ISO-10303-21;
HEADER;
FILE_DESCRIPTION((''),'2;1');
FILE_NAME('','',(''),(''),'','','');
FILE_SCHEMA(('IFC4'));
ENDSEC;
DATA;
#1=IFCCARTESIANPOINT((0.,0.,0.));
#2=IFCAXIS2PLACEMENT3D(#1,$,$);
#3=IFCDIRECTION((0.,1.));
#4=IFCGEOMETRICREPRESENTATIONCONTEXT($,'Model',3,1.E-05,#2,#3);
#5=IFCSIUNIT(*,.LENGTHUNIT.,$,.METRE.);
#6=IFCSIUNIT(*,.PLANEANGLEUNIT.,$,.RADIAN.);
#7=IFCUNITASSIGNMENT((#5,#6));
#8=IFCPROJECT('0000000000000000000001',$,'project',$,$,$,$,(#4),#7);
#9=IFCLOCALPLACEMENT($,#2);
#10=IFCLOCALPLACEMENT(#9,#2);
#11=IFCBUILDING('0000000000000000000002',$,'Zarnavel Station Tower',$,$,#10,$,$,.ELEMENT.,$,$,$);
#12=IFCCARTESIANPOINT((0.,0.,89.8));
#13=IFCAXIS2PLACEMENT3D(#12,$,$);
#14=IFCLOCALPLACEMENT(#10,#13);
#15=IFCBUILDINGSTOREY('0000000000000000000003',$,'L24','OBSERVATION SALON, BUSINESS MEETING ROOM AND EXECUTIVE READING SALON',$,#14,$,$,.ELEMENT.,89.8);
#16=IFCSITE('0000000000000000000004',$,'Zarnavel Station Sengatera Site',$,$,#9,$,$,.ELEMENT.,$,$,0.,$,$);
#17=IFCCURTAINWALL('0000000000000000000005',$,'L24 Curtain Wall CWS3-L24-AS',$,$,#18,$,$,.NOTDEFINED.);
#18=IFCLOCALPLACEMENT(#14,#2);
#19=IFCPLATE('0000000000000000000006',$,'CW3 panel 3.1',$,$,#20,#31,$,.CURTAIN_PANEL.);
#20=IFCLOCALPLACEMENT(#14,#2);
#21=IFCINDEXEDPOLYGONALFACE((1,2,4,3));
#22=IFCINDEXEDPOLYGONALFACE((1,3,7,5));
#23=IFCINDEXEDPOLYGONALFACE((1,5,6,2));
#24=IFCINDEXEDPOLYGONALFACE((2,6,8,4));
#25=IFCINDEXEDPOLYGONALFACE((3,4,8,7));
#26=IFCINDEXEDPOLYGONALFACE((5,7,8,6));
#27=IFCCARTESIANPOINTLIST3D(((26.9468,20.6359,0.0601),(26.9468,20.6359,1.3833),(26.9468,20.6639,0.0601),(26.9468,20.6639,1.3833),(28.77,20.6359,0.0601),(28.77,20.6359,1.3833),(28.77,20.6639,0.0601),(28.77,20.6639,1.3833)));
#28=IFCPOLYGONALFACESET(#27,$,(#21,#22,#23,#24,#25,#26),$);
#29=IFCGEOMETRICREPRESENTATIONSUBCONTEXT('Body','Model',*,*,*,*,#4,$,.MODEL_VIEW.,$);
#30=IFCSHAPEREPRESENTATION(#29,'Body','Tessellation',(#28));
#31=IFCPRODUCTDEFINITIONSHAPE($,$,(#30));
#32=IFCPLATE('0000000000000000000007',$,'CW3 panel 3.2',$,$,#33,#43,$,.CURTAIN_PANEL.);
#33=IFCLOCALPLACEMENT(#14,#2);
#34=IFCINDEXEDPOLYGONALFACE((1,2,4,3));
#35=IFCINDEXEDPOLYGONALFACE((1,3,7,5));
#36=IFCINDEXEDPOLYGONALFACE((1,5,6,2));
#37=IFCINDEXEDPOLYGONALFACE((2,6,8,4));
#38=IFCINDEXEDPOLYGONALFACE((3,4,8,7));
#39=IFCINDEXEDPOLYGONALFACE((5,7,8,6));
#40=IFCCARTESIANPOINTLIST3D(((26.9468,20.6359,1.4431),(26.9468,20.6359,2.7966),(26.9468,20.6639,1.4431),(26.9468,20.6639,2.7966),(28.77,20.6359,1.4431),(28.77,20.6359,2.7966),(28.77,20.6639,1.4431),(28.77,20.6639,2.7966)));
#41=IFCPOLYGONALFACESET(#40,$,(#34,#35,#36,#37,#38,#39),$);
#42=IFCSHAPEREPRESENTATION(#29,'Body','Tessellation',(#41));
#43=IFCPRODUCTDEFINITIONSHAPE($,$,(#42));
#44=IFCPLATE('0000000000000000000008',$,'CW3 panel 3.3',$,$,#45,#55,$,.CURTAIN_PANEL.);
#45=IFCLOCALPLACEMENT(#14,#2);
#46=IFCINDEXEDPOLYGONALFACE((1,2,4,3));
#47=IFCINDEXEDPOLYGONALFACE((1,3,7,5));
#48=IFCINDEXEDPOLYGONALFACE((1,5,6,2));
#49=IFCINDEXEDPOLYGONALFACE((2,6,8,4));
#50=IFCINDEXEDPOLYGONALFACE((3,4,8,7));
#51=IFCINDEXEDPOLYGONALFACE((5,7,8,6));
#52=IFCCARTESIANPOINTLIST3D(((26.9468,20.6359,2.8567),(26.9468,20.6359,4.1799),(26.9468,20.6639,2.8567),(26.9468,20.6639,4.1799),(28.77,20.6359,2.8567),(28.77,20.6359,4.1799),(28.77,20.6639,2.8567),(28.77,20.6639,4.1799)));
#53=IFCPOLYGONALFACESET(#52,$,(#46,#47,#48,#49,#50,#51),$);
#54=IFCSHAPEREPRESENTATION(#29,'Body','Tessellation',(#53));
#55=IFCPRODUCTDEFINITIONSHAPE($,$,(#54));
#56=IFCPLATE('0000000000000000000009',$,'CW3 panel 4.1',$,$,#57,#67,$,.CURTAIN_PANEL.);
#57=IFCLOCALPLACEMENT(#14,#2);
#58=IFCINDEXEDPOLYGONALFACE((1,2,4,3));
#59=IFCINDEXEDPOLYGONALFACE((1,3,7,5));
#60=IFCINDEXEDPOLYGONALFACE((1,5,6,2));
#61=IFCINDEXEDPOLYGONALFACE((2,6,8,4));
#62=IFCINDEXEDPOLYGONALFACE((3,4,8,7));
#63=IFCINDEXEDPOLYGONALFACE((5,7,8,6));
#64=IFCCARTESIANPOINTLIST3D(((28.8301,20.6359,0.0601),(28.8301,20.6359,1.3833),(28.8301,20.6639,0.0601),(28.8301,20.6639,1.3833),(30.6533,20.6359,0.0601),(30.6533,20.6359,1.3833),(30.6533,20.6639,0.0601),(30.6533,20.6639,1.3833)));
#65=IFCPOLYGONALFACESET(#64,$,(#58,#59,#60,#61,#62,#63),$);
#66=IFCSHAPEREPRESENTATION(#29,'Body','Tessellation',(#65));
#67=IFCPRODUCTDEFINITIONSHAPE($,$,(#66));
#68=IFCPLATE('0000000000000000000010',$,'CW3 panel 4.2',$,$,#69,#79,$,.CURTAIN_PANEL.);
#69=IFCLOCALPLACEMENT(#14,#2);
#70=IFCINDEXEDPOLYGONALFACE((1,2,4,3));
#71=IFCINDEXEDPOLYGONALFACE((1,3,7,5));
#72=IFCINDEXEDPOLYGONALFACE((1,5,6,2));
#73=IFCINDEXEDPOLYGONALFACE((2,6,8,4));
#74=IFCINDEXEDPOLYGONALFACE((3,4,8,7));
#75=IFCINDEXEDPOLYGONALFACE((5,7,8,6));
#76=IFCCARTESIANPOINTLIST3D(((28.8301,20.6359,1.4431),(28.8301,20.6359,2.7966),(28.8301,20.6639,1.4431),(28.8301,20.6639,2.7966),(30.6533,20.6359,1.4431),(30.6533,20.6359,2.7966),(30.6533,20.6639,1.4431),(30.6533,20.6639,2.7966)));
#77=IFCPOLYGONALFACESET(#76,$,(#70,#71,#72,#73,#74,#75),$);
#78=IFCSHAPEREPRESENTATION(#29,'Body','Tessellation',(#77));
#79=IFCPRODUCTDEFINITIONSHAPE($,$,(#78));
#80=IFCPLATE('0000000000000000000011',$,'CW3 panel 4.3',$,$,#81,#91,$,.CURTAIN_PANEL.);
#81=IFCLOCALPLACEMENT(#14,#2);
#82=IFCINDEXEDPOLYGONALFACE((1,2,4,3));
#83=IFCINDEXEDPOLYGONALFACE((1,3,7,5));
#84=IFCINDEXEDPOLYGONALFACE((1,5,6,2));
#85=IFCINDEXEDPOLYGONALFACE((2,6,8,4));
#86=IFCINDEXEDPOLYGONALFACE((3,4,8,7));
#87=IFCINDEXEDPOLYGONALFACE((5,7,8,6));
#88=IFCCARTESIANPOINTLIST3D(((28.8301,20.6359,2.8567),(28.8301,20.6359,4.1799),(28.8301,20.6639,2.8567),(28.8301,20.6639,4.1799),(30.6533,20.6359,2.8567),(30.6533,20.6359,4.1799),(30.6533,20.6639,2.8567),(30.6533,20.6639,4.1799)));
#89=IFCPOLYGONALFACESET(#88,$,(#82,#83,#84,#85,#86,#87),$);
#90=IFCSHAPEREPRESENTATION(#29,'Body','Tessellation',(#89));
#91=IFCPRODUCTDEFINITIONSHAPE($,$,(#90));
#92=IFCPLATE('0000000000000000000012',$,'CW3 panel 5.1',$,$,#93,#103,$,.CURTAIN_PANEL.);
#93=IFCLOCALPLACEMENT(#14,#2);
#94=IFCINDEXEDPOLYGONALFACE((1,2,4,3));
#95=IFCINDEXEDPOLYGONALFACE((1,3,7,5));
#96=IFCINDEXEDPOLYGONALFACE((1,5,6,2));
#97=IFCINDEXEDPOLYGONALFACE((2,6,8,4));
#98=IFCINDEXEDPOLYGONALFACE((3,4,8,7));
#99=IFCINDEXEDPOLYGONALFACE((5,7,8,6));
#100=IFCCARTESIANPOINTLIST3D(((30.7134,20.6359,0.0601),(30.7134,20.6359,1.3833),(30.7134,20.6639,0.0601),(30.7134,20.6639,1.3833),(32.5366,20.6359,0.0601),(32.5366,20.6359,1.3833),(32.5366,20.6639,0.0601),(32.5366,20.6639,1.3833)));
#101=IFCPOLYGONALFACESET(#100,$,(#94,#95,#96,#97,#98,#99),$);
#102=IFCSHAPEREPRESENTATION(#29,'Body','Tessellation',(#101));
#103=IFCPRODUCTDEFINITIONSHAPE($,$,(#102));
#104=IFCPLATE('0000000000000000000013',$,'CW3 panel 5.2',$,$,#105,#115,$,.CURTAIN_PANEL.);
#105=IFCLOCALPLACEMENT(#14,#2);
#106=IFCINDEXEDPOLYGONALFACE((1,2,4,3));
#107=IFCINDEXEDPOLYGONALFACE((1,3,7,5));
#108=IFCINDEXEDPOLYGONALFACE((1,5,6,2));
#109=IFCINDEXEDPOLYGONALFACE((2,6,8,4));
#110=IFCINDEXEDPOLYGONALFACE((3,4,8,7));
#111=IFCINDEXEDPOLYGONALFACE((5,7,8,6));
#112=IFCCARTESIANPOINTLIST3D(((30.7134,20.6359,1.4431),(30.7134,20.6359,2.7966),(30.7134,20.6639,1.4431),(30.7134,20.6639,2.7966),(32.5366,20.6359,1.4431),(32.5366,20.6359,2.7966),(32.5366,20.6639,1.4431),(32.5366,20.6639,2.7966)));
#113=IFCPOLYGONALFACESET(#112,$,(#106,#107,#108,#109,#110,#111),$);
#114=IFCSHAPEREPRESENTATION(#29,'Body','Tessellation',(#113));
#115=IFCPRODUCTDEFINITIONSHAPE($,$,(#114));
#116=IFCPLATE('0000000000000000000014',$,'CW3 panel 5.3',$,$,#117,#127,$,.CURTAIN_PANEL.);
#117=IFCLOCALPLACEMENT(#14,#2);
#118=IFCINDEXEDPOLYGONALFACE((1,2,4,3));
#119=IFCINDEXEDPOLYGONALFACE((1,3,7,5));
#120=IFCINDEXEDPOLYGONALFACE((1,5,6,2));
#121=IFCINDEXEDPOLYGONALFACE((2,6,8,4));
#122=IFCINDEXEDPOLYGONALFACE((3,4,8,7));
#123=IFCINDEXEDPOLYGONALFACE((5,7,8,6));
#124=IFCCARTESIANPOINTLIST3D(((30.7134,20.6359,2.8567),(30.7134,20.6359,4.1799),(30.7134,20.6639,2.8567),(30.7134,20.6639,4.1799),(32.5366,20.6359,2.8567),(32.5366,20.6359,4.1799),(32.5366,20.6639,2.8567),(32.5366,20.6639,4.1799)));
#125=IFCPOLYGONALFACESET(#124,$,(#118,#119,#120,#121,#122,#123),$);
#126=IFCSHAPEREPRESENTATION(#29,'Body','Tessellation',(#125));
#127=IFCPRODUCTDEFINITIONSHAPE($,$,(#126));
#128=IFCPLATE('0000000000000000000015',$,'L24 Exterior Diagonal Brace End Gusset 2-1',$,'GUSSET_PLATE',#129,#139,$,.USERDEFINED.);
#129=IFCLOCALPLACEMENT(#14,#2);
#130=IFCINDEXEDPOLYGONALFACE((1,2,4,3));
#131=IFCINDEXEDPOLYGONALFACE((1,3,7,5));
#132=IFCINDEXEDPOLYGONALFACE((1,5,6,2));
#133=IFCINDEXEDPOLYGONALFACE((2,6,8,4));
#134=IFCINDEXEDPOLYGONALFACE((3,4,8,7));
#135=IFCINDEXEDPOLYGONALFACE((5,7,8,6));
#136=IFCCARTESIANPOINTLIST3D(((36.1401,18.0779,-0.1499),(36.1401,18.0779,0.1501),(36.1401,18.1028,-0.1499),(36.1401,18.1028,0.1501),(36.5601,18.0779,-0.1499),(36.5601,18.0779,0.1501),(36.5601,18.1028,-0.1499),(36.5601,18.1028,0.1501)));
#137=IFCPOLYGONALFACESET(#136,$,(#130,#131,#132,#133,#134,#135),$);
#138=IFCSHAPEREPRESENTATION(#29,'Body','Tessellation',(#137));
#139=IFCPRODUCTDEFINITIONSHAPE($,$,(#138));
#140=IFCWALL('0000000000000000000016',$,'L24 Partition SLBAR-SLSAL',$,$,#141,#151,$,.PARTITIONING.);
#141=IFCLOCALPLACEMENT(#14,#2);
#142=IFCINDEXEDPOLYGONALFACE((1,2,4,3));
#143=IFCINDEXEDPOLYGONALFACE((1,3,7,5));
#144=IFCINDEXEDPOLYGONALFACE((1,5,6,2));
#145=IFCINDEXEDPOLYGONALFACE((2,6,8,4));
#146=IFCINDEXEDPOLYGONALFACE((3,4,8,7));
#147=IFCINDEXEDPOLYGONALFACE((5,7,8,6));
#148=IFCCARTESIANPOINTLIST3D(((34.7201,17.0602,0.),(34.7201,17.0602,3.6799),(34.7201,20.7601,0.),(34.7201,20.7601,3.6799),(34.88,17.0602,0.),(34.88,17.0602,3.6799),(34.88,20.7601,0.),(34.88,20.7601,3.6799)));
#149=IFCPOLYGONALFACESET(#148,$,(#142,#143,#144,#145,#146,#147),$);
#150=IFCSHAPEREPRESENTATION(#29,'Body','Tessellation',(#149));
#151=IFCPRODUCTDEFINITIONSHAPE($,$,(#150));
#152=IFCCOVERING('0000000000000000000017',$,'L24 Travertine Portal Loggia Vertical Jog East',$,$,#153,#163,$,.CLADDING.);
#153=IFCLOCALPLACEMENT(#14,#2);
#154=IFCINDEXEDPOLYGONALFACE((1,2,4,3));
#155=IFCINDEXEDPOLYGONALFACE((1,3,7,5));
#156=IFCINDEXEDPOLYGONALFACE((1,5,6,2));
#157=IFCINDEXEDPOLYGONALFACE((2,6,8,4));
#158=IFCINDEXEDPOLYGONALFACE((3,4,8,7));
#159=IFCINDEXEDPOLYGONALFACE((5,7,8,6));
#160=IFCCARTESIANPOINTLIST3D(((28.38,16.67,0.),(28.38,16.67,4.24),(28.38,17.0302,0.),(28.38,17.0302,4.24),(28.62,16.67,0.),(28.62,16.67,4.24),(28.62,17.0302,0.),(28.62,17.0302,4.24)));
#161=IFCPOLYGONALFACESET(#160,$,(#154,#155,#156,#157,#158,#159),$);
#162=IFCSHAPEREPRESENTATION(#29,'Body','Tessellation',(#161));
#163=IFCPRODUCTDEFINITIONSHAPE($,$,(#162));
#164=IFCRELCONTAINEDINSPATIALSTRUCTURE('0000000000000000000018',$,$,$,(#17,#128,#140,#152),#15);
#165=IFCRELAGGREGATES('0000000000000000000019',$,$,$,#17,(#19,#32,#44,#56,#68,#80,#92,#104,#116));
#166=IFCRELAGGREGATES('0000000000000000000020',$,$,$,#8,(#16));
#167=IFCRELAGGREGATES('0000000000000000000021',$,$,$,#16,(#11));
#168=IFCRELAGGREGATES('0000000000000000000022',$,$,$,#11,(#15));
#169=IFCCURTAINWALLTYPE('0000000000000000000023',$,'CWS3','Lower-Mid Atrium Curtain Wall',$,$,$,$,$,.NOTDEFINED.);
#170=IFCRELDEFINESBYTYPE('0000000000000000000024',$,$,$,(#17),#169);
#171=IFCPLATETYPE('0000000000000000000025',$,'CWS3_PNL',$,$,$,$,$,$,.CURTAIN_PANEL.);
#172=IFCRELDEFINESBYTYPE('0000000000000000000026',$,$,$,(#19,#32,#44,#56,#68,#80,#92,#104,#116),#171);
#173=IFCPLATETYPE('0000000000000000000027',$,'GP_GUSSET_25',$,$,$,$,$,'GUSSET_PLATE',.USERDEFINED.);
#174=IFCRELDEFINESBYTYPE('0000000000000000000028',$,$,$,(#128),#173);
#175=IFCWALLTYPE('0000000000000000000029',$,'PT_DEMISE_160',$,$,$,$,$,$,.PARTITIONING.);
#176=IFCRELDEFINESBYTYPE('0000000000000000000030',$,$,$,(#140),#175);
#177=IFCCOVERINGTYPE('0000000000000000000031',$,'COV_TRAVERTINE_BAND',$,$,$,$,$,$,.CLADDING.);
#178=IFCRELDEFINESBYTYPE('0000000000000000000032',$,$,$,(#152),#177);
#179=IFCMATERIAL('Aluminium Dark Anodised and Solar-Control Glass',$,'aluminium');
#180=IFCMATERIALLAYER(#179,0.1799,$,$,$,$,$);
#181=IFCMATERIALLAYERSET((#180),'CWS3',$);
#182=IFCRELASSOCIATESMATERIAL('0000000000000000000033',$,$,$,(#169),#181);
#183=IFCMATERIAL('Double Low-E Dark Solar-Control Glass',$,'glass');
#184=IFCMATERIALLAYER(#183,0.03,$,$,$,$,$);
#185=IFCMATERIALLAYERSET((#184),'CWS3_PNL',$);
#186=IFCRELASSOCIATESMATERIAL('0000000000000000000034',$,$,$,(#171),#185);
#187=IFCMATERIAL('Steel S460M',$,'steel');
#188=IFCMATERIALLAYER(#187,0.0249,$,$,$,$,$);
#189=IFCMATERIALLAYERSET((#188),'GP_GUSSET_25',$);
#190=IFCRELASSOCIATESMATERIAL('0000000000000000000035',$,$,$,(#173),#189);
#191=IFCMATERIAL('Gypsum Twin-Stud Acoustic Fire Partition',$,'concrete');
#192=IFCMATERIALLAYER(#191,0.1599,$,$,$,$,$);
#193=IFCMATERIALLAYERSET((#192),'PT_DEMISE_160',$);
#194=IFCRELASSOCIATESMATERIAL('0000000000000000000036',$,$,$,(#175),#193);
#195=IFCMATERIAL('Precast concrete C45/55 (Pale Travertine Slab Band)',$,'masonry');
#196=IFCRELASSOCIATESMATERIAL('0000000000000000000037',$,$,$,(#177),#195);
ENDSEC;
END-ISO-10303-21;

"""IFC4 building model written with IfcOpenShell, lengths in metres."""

from ifc_helpers import new_model, si_unit, direction, frame, frame_2d, origin, origin_2d, place, context, subcontext, project, spatial, rectangle, extrude, material, layer, layer_set, type_object, element, aggregate, save


model = new_model("IFC4")

# Units and contexts
model_context = context("Model", 3, precision=1e-05, world=origin(), true_north=direction((0.0, 1.0)))
body_context = subcontext(model_context, "Body", "Model", "MODEL_VIEW")
ifc_project = project(units=[si_unit("LENGTHUNIT", "METRE"), si_unit("PLANEANGLEUNIT", "RADIAN")], contexts=[model_context])

# Site, building, storey
site_placement = place(None, origin())
site = spatial("IfcSite", under=ifc_project, at=site_placement, Name="Zarnavel Station Sengatera Site", CompositionType="ELEMENT", RefElevation=0.0)
building_placement = place(site_placement, origin())
building = spatial("IfcBuilding", under=site, at=building_placement, Name="Zarnavel Station Tower", CompositionType="ELEMENT")
storey_placement = place(building_placement, frame((0.0, 0.0, 89.8)))
storey = spatial("IfcBuildingStorey", under=building, at=storey_placement, Name="L24", Description="OBSERVATION SALON, BUSINESS MEETING ROOM AND EXECUTIVE READING SALON", CompositionType="ELEMENT", Elevation=89.8)

# Curtain wall
ifc_material_1 = material(Name="Aluminium Dark Anodised and Solar-Control Glass", Category="aluminium")
ifc_layer_1 = layer(ifc_material_1, 0.1799)
ifc_layer_set_1 = layer_set([ifc_layer_1], Name="CWS3")
curtain_wall_type_1 = type_object("IfcCurtainWallType", Name="CWS3", Description="Lower-Mid Atrium Curtain Wall", PredefinedType="NOTDEFINED", material=ifc_layer_set_1)
curtain_wall_1_placement = place(storey_placement, origin())
curtain_wall_1 = element("IfcCurtainWall", 1, at=curtain_wall_1_placement, inside=storey, type_object=curtain_wall_type_1, Name="L24 Curtain Wall CWS3-L24-AS", PredefinedType="NOTDEFINED")

# Plates
ifc_material_2 = material(Name="Double Low-E Dark Solar-Control Glass", Category="glass")
ifc_layer_2 = layer(ifc_material_2, 0.03)
ifc_layer_set_2 = layer_set([ifc_layer_2], Name="CWS3_PNL")
plate_type_1 = type_object("IfcPlateType", Name="CWS3_PNL", PredefinedType="CURTAIN_PANEL", material=ifc_layer_set_2)
plate_1_placement = place(storey_placement, frame((27.8584, 20.6499, 0.0601), z_axis=(0.0, 0.0, 1.0), x_axis=(1.0, 0.0, 0.0)))
plate_1 = element("IfcPlate", 2, at=plate_1_placement, type_object=plate_type_1, Name="CW3 panel 3.1", PredefinedType="CURTAIN_PANEL", context=body_context, shape_type="SweptSolid", body=[
    extrude(rectangle(XDim=1.8232, YDim=0.0281, at=origin_2d()), origin(), (0.0, 0.0, 1.0), 1.3232),
])
plate_2_placement = place(storey_placement, frame((27.8584, 20.6499, 1.4431), z_axis=(0.0, 0.0, 1.0), x_axis=(1.0, 0.0, 0.0)))
plate_2 = element("IfcPlate", 3, at=plate_2_placement, type_object=plate_type_1, Name="CW3 panel 3.2", PredefinedType="CURTAIN_PANEL", context=body_context, shape_type="SweptSolid", body=[
    extrude(rectangle(XDim=1.8232, YDim=0.0281, at=origin_2d()), origin(), (0.0, 0.0, 1.0), 1.3535),
])
plate_3_placement = place(storey_placement, frame((27.8584, 20.6499, 2.8567), z_axis=(0.0, 0.0, 1.0), x_axis=(1.0, 0.0, 0.0)))
plate_3 = element("IfcPlate", 4, at=plate_3_placement, type_object=plate_type_1, Name="CW3 panel 3.3", PredefinedType="CURTAIN_PANEL", context=body_context, shape_type="SweptSolid", body=[
    extrude(rectangle(XDim=1.8232, YDim=0.0281, at=origin_2d()), origin(), (0.0, 0.0, 1.0), 1.3232),
])
plate_4_placement = place(storey_placement, frame((29.7417, 20.6499, 0.0601), z_axis=(0.0, 0.0, 1.0), x_axis=(1.0, 0.0, 0.0)))
plate_4 = element("IfcPlate", 5, at=plate_4_placement, type_object=plate_type_1, Name="CW3 panel 4.1", PredefinedType="CURTAIN_PANEL", context=body_context, shape_type="SweptSolid", body=[
    extrude(rectangle(XDim=1.8232, YDim=0.0281, at=origin_2d()), origin(), (0.0, 0.0, 1.0), 1.3232),
])
plate_5_placement = place(storey_placement, frame((29.7417, 20.6499, 1.4431), z_axis=(0.0, 0.0, 1.0), x_axis=(1.0, 0.0, 0.0)))
plate_5 = element("IfcPlate", 6, at=plate_5_placement, type_object=plate_type_1, Name="CW3 panel 4.2", PredefinedType="CURTAIN_PANEL", context=body_context, shape_type="SweptSolid", body=[
    extrude(rectangle(XDim=1.8232, YDim=0.0281, at=origin_2d()), origin(), (0.0, 0.0, 1.0), 1.3535),
])
plate_6_placement = place(storey_placement, frame((29.7417, 20.6499, 2.8567), z_axis=(0.0, 0.0, 1.0), x_axis=(1.0, 0.0, 0.0)))
plate_6 = element("IfcPlate", 7, at=plate_6_placement, type_object=plate_type_1, Name="CW3 panel 4.3", PredefinedType="CURTAIN_PANEL", context=body_context, shape_type="SweptSolid", body=[
    extrude(rectangle(XDim=1.8232, YDim=0.0281, at=origin_2d()), origin(), (0.0, 0.0, 1.0), 1.3232),
])
plate_7_placement = place(storey_placement, frame((31.625, 20.6499, 0.0601), z_axis=(0.0, 0.0, 1.0), x_axis=(1.0, 0.0, 0.0)))
plate_7 = element("IfcPlate", 8, at=plate_7_placement, type_object=plate_type_1, Name="CW3 panel 5.1", PredefinedType="CURTAIN_PANEL", context=body_context, shape_type="SweptSolid", body=[
    extrude(rectangle(XDim=1.8232, YDim=0.0281, at=origin_2d()), origin(), (0.0, 0.0, 1.0), 1.3232),
])
plate_8_placement = place(storey_placement, frame((31.625, 20.6499, 1.4431), z_axis=(0.0, 0.0, 1.0), x_axis=(1.0, 0.0, 0.0)))
plate_8 = element("IfcPlate", 9, at=plate_8_placement, type_object=plate_type_1, Name="CW3 panel 5.2", PredefinedType="CURTAIN_PANEL", context=body_context, shape_type="SweptSolid", body=[
    extrude(rectangle(XDim=1.8232, YDim=0.0281, at=origin_2d()), origin(), (0.0, 0.0, 1.0), 1.3535),
])
plate_9_placement = place(storey_placement, frame((31.625, 20.6499, 2.8567), z_axis=(0.0, 0.0, 1.0), x_axis=(1.0, 0.0, 0.0)))
plate_9 = element("IfcPlate", 10, at=plate_9_placement, type_object=plate_type_1, Name="CW3 panel 5.3", PredefinedType="CURTAIN_PANEL", context=body_context, shape_type="SweptSolid", body=[
    extrude(rectangle(XDim=1.8232, YDim=0.0281, at=origin_2d()), origin(), (0.0, 0.0, 1.0), 1.3232),
])
aggregate(curtain_wall_1, [plate_1, plate_2, plate_3, plate_4, plate_5, plate_6, plate_7, plate_8, plate_9])
ifc_material_3 = material(Name="Steel S460M", Category="steel")
ifc_layer_3 = layer(ifc_material_3, 0.0249)
ifc_layer_set_3 = layer_set([ifc_layer_3], Name="GP_GUSSET_25")
plate_type_2 = type_object("IfcPlateType", Name="GP_GUSSET_25", ElementType="GUSSET_PLATE", PredefinedType="USERDEFINED", material=ifc_layer_set_3)
plate_10_placement = place(storey_placement, frame((36.3501, 18.0903, -0.1499), z_axis=(0.0, 0.0, 1.0), x_axis=(1.0, 0.0, 0.0)))
element("IfcPlate", 11, at=plate_10_placement, inside=storey, type_object=plate_type_2, Name="L24 Exterior Diagonal Brace End Gusset 2-1", ObjectType="GUSSET_PLATE", PredefinedType="USERDEFINED", context=body_context, shape_type="SweptSolid", body=[
    extrude(rectangle(XDim=0.4199, YDim=0.0249, at=origin_2d()), origin(), (0.0, 0.0, 1.0), 0.3),
])

# Wall
ifc_material_4 = material(Name="Gypsum Twin-Stud Acoustic Fire Partition", Category="concrete")
ifc_layer_4 = layer(ifc_material_4, 0.1599)
ifc_layer_set_4 = layer_set([ifc_layer_4], Name="PT_DEMISE_160")
wall_type = type_object("IfcWallType", Name="PT_DEMISE_160", PredefinedType="PARTITIONING", material=ifc_layer_set_4)
wall_placement = place(storey_placement, frame((34.8, 17.0601, 0.0), z_axis=(0.0, 0.0, 1.0), x_axis=(0.0, 1.0, 0.0)))
element("IfcWall", 12, at=wall_placement, inside=storey, type_object=wall_type, Name="L24 Partition SLBAR-SLSAL", PredefinedType="PARTITIONING", context=body_context, shape_type="SweptSolid", body=[
    extrude(rectangle(XDim=3.7, YDim=0.1599, at=frame_2d((1.8501, 0.0))), origin(), (0.0, 0.0, 1.0), 3.6799),
])

# Covering
ifc_material_5 = material(Name="Precast concrete C45/55 (Pale Travertine Slab Band)", Category="masonry")
covering_type = type_object("IfcCoveringType", Name="COV_TRAVERTINE_BAND", PredefinedType="CLADDING", material=ifc_material_5)
covering_placement = place(storey_placement, frame((28.5, 16.8501, 0.0), z_axis=(0.0, 0.0, 1.0), x_axis=(1.0, 0.0, 0.0)))
element("IfcCovering", 13, at=covering_placement, inside=storey, type_object=covering_type, Name="L24 Travertine Portal Loggia Vertical Jog East", PredefinedType="CLADDING", context=body_context, shape_type="SweptSolid", body=[
    extrude(rectangle(XDim=0.24, YDim=0.3601, at=origin_2d()), origin(), (0.0, 0.0, 1.0), 4.24),
])

save(model, "model.ifc")
